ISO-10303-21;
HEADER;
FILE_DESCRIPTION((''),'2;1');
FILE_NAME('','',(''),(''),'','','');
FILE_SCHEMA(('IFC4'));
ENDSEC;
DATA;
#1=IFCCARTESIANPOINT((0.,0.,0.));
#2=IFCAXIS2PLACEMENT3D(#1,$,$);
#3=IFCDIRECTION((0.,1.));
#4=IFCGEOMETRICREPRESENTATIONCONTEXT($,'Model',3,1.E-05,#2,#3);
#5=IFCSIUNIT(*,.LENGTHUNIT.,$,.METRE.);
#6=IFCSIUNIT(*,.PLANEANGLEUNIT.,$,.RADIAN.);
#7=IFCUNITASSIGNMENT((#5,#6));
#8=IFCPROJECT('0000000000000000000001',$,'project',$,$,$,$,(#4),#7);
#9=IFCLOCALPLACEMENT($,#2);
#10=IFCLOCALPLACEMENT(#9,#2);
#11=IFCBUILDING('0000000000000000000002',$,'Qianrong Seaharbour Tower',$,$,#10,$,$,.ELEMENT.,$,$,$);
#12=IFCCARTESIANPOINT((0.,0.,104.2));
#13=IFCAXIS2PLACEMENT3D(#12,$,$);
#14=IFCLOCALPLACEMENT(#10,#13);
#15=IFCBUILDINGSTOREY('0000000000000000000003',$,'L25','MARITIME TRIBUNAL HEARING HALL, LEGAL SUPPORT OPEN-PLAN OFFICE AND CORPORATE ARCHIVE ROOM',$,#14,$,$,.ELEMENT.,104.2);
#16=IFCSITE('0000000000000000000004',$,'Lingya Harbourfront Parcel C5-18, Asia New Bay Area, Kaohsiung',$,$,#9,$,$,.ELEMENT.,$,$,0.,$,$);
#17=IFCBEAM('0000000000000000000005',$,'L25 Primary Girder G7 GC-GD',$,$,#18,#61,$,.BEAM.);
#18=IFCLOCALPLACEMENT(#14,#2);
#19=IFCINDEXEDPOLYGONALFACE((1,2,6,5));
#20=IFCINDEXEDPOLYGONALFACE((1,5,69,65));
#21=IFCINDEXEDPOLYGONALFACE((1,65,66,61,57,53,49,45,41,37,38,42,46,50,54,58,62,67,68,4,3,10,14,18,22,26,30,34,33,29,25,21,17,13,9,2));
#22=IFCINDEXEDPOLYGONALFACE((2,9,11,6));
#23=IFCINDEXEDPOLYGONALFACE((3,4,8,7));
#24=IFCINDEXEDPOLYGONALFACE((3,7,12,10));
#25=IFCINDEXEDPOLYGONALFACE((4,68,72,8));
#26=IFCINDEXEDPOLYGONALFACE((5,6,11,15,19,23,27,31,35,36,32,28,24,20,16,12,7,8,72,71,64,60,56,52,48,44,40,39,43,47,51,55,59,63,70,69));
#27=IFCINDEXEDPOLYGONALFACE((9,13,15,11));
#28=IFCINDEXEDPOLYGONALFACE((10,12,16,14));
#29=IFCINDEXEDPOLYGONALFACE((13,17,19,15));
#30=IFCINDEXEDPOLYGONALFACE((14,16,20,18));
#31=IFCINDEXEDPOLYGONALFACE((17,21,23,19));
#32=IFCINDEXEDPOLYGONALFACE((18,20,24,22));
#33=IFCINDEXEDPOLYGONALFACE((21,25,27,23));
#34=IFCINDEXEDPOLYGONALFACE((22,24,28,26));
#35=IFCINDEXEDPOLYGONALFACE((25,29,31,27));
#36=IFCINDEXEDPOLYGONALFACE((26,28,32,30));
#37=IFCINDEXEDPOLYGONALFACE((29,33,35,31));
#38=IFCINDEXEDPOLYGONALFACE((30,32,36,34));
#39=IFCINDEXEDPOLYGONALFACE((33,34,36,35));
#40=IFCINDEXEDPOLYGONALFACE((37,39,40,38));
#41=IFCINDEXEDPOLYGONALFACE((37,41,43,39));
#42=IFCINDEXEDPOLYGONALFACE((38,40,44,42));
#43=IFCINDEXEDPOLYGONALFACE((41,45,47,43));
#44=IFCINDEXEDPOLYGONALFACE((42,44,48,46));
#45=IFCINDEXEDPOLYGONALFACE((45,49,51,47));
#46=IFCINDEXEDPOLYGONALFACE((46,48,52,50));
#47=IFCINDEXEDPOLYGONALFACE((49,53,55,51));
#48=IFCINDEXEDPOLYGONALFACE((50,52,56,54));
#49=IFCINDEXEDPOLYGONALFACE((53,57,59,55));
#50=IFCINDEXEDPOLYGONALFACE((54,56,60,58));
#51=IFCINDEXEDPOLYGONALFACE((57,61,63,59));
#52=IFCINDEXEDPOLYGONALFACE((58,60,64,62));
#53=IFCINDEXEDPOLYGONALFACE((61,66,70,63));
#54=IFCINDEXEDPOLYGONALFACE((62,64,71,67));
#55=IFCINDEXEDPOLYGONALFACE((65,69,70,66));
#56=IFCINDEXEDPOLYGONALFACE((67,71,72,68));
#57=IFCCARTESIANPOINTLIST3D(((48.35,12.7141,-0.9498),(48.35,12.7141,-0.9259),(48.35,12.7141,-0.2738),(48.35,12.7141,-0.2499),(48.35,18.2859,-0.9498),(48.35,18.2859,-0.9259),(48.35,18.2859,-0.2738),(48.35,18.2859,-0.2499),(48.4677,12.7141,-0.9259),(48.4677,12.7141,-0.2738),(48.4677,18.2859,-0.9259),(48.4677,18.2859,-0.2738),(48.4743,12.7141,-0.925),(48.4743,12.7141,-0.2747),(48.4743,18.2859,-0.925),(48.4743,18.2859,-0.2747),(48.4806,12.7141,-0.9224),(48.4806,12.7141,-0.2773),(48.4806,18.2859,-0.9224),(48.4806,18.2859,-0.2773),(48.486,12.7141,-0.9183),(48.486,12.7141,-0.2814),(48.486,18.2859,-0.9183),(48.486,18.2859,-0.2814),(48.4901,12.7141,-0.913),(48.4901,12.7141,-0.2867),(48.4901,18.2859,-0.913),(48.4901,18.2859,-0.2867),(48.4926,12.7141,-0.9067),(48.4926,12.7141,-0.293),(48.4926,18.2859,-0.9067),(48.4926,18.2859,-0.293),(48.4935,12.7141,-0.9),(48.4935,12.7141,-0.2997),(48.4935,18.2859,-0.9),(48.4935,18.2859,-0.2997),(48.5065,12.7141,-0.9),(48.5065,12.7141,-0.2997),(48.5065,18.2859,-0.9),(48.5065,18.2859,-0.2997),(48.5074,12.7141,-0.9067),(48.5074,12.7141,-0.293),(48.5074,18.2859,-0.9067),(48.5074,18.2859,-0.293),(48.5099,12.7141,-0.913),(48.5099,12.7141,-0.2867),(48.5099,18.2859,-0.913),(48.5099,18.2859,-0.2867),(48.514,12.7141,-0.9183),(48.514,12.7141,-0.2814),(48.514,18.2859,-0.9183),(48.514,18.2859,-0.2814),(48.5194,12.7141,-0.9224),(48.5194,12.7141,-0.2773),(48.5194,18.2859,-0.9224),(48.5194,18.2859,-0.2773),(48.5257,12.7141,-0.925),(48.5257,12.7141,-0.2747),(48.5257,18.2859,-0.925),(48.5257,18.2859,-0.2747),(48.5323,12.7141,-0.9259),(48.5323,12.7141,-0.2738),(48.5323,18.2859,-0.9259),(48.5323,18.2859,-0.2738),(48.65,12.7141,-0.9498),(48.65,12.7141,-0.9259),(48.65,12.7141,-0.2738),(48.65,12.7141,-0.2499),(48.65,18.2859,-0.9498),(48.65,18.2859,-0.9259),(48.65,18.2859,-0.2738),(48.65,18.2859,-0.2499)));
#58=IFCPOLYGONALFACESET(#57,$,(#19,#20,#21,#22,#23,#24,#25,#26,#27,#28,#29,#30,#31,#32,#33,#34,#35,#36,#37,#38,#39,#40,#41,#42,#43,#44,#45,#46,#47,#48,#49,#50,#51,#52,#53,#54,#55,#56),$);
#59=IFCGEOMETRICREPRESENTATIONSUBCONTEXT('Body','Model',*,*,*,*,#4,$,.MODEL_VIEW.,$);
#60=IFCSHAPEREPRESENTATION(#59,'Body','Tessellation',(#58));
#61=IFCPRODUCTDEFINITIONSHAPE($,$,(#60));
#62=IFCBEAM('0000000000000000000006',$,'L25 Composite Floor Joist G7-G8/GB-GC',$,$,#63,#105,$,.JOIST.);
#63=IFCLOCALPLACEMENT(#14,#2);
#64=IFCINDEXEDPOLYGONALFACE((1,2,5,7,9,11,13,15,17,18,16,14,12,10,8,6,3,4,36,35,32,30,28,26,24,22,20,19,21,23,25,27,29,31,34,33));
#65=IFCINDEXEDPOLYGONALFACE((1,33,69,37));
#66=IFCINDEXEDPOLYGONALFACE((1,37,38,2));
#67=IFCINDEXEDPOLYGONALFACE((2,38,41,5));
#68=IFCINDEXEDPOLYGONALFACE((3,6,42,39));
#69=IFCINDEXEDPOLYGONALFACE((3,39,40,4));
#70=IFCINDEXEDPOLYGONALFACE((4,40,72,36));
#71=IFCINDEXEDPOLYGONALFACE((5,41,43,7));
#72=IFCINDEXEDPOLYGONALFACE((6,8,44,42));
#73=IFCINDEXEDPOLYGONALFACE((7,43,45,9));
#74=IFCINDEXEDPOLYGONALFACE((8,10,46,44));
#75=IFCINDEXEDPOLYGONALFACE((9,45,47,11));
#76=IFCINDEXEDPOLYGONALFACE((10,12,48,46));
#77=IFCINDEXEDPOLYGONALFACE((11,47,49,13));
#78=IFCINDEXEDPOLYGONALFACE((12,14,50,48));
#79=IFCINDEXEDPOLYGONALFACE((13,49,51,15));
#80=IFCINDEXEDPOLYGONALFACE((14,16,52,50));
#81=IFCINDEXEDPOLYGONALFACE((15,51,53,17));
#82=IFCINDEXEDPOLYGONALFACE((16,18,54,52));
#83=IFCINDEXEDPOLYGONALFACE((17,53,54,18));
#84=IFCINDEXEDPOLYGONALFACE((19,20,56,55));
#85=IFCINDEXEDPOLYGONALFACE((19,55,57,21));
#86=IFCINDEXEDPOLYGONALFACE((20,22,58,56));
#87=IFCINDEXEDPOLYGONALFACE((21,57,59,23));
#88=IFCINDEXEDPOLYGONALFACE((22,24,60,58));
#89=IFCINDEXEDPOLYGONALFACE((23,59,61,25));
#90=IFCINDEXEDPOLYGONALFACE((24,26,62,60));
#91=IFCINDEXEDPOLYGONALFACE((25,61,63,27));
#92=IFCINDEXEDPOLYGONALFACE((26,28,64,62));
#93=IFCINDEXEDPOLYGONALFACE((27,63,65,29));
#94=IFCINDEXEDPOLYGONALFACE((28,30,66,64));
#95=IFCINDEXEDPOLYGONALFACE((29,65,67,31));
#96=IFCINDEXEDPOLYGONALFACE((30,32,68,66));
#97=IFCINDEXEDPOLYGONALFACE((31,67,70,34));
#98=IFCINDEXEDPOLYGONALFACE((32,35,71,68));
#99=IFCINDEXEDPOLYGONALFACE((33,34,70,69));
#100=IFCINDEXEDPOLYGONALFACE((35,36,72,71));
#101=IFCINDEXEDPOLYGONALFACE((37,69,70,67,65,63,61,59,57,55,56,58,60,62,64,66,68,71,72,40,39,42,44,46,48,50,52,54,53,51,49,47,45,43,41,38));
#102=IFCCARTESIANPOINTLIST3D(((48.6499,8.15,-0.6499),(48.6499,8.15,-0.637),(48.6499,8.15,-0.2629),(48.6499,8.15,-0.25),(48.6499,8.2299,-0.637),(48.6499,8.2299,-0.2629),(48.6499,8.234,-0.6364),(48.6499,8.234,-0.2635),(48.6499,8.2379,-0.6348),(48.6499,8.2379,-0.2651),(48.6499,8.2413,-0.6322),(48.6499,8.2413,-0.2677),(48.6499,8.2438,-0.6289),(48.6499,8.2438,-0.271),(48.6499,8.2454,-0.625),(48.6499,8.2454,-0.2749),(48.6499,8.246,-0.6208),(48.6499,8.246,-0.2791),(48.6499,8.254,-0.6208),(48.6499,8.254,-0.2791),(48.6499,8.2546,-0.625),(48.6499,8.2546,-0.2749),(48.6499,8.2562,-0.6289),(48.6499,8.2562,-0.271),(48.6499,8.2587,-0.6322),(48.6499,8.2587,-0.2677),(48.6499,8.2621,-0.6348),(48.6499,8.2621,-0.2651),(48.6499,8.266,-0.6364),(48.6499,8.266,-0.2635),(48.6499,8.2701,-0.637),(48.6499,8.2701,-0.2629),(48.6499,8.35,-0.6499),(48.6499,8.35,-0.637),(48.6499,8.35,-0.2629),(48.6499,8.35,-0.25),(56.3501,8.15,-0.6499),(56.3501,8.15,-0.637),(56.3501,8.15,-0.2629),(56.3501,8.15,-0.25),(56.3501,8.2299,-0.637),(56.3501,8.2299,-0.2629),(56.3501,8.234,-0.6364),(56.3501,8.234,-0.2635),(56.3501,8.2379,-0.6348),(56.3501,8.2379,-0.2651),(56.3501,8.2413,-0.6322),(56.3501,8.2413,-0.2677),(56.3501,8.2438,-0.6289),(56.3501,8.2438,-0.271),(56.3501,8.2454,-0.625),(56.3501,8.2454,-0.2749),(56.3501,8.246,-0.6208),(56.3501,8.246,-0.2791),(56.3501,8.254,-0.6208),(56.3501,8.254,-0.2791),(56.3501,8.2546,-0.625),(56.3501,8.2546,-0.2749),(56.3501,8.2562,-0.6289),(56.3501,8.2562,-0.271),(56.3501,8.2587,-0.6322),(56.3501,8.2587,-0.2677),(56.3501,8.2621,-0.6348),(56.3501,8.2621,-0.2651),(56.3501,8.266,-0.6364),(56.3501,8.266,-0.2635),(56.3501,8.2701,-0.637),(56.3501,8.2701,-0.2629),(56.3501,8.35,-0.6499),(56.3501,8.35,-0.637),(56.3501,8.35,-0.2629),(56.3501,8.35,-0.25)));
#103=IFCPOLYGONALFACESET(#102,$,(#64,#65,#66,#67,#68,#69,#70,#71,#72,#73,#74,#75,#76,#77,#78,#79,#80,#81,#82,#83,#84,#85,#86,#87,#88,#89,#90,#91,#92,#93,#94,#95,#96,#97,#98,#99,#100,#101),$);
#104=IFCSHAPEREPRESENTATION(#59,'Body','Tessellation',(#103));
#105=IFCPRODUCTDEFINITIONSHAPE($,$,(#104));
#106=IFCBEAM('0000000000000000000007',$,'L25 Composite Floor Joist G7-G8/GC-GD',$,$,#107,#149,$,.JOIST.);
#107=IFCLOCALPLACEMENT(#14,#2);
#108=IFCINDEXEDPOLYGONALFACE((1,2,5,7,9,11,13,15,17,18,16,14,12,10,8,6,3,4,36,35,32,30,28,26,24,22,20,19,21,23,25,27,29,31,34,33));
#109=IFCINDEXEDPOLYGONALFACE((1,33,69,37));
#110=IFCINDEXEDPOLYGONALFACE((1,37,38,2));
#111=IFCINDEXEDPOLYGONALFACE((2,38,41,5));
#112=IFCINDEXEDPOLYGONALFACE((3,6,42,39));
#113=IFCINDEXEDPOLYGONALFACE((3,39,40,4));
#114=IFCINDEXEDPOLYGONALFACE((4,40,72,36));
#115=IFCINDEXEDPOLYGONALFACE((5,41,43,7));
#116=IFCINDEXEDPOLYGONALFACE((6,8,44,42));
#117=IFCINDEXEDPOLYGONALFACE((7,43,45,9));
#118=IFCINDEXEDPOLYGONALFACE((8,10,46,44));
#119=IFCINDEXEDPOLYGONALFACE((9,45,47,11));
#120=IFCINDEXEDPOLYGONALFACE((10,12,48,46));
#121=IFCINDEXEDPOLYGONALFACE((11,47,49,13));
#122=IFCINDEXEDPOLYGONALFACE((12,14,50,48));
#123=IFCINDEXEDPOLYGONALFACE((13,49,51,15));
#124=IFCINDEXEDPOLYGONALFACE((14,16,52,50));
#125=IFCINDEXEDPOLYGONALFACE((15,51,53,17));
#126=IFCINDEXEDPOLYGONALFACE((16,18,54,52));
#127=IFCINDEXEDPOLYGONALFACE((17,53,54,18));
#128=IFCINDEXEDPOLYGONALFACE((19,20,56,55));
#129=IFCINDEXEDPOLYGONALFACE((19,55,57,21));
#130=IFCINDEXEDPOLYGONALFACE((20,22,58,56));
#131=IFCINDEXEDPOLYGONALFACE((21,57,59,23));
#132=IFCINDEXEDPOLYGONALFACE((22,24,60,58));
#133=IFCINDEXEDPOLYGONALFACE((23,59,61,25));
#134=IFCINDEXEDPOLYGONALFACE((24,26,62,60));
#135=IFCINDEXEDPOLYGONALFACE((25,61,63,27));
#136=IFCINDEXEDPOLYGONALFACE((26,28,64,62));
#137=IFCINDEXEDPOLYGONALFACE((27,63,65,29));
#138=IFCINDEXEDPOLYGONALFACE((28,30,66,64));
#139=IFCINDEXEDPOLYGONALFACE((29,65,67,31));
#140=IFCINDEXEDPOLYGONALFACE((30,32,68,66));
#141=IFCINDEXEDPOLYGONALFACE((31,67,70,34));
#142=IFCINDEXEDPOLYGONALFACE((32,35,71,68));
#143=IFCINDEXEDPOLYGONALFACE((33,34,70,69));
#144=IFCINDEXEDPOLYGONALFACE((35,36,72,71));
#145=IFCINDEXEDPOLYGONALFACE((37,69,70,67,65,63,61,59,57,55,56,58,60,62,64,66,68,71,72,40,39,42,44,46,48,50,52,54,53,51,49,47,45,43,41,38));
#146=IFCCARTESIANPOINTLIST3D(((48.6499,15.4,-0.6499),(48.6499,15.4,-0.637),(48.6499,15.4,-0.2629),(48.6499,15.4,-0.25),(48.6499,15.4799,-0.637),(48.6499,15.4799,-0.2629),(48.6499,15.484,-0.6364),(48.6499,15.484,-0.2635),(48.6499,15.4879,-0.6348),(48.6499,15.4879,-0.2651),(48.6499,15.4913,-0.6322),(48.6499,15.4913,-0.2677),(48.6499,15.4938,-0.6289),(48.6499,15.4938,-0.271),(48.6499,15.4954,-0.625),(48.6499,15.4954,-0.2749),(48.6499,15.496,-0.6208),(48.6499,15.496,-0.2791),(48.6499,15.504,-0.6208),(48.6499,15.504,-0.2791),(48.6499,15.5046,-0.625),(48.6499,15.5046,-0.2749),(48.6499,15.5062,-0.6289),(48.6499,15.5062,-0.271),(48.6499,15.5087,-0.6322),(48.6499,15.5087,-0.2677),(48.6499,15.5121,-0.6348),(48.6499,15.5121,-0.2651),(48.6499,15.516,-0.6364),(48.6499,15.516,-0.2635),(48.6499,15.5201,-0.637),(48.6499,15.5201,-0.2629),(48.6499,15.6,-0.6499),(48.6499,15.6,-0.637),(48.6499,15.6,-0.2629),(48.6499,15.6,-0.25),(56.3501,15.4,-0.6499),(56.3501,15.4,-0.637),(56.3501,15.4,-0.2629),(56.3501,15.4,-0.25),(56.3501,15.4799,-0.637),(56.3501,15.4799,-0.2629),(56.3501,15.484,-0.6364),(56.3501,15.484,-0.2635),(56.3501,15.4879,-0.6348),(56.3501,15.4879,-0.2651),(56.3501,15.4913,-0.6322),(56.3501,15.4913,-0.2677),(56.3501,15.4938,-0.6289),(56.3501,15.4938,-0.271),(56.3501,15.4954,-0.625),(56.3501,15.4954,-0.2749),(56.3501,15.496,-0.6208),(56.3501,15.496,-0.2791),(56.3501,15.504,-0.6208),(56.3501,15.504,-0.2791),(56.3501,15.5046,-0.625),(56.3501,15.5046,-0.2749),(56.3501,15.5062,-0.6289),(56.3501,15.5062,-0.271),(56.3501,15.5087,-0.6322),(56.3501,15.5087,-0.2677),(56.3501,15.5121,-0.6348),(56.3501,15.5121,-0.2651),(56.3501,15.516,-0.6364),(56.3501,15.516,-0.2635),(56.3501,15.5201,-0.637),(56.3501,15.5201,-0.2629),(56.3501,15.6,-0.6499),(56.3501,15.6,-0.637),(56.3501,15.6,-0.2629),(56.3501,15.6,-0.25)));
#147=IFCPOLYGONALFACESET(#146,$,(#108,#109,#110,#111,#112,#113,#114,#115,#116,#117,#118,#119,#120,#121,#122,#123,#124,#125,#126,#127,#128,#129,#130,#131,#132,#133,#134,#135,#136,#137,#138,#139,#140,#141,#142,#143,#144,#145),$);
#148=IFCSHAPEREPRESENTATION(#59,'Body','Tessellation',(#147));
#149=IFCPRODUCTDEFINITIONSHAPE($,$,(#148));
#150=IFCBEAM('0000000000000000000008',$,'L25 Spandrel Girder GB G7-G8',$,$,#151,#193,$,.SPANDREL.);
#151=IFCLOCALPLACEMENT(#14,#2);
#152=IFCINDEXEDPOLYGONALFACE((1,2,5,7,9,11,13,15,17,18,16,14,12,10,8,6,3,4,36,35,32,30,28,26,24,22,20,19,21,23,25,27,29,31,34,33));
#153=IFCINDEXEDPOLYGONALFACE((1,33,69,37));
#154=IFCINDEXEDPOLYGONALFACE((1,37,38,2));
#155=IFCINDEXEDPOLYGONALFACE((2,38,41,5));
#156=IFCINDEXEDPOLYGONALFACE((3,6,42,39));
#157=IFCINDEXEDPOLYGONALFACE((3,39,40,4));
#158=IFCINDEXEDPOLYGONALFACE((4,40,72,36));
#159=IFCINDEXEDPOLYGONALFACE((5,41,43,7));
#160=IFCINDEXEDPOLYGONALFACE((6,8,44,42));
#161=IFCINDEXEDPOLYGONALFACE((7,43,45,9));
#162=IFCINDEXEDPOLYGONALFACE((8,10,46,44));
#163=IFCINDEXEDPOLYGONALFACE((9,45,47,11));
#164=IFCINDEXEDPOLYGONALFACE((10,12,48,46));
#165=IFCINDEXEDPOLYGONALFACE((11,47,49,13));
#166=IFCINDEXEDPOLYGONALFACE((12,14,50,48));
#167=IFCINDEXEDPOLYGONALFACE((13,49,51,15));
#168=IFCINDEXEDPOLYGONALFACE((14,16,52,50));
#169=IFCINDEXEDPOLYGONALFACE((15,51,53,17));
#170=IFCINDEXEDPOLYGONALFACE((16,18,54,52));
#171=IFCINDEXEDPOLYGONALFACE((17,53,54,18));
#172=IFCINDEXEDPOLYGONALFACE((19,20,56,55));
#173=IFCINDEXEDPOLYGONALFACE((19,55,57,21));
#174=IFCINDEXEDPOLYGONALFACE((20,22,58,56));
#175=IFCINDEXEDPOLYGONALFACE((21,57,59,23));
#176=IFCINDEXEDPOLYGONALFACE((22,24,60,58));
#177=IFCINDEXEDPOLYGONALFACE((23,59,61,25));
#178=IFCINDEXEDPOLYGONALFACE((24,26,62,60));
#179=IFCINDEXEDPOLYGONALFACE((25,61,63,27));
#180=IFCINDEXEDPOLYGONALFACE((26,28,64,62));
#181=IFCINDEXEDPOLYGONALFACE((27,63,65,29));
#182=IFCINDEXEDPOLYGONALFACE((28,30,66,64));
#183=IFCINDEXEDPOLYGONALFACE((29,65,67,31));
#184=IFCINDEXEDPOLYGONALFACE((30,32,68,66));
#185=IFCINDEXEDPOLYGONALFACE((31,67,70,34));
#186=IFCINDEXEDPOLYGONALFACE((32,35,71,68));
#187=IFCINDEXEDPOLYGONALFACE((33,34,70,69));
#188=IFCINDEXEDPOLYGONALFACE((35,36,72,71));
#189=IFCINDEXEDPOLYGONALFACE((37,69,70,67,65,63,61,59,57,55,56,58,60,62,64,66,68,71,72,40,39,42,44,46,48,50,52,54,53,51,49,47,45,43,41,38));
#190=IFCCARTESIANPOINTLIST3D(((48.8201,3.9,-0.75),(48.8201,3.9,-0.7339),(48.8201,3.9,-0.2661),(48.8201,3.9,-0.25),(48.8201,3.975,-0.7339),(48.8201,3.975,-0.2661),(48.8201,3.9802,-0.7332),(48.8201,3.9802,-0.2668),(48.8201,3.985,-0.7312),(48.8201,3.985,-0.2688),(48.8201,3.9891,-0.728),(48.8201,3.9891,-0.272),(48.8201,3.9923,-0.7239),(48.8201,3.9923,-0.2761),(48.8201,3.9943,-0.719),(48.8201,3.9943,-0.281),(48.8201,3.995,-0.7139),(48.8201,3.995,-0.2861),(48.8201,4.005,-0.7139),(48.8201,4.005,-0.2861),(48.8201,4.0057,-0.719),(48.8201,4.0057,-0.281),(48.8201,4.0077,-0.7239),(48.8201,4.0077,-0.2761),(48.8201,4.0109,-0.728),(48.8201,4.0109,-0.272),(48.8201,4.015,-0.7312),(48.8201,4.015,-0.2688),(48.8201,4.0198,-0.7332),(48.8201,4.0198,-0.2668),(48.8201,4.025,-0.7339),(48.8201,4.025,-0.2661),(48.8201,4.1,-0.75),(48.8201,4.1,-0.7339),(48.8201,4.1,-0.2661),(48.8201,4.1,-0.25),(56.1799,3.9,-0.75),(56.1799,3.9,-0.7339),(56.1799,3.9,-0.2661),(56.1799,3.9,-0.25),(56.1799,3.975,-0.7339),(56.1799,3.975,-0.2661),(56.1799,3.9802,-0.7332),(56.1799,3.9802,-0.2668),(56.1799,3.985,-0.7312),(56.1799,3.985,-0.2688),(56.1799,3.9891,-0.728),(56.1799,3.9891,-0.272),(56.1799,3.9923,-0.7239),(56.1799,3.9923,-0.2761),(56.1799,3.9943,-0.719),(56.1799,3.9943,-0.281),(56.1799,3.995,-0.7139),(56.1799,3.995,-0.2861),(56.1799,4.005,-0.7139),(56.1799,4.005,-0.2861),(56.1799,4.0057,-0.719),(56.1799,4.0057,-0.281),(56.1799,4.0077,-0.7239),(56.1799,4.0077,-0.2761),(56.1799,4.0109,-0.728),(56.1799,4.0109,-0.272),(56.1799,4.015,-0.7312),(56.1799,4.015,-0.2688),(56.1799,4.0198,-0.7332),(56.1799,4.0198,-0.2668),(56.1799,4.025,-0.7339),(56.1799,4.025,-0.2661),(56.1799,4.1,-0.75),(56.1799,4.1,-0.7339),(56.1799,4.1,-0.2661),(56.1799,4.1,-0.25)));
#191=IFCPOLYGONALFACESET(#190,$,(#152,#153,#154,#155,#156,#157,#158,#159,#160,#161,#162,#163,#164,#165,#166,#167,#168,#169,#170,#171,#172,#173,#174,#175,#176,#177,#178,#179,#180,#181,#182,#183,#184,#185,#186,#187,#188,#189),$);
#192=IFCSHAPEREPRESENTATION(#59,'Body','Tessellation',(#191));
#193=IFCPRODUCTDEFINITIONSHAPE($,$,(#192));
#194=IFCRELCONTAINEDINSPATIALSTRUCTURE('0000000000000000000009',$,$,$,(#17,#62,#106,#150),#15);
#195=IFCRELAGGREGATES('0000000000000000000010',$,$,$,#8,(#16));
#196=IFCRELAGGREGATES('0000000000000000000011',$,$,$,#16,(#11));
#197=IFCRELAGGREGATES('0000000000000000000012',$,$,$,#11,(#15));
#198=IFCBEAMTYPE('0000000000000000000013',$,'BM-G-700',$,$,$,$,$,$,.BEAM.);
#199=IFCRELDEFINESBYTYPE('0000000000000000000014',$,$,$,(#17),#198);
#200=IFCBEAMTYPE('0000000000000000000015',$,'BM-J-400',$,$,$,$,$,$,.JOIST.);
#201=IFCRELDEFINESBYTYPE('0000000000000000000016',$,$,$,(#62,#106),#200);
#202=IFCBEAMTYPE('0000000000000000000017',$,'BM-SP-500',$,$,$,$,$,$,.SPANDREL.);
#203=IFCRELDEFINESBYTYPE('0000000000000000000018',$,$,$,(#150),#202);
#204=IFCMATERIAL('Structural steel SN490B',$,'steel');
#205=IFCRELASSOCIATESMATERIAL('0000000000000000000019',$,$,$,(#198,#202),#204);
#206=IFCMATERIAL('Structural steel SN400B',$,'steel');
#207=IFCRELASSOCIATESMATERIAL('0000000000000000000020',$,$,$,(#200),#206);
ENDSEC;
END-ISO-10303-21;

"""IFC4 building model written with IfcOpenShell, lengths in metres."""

from ifc_helpers import new_model, si_unit, direction, frame, origin, origin_2d, place, context, subcontext, project, spatial, i_section, extrude, material, material_profile, profile_set, type_object, element, save


model = new_model("IFC4")

# Units and contexts
model_context = context("Model", 3, precision=1e-05, world=origin(), true_north=direction((0.0, 1.0)))
body_context = subcontext(model_context, "Body", "Model", "MODEL_VIEW")
ifc_project = project(units=[si_unit("LENGTHUNIT", "METRE"), si_unit("PLANEANGLEUNIT", "RADIAN")], contexts=[model_context])

# Site, building, storey
site_placement = place(None, origin())
site = spatial("IfcSite", under=ifc_project, at=site_placement, Name="Lingya Harbourfront Parcel C5-18, Asia New Bay Area, Kaohsiung", CompositionType="ELEMENT", RefElevation=0.0)
building_placement = place(site_placement, origin())
building = spatial("IfcBuilding", under=site, at=building_placement, Name="Qianrong Seaharbour Tower", CompositionType="ELEMENT")
storey_placement = place(building_placement, frame((0.0, 0.0, 104.2)))
storey = spatial("IfcBuildingStorey", under=building, at=storey_placement, Name="L25", Description="MARITIME TRIBUNAL HEARING HALL, LEGAL SUPPORT OPEN-PLAN OFFICE AND CORPORATE ARCHIVE ROOM", CompositionType="ELEMENT", Elevation=104.2)

# Shared definitions
ifc_material_1 = material(Name="Structural steel SN490B", Category="steel")

# Beams
ifc_material_profile_1 = material_profile(ifc_material_1, i_section(OverallWidth=0.3, OverallDepth=0.7, WebThickness=0.0129, FlangeThickness=0.0239, FilletRadius=0.0259, at=origin_2d()), Name="H700x300x13x24")
ifc_profile_set_1 = profile_set([ifc_material_profile_1], Name="Structural steel SN490B")
beam_type_1 = type_object("IfcBeamType", Name="BM-G-700", PredefinedType="BEAM", material=ifc_profile_set_1)
beam_1_placement = place(storey_placement, frame((48.5, 12.7141, -0.5999), z_axis=(0.0, 1.0, 0.0), x_axis=(-1.0, 0.0, 0.0)))
element("IfcBeam", 1, at=beam_1_placement, inside=storey, type_object=beam_type_1, Name="L25 Primary Girder G7 GC-GD", PredefinedType="BEAM", context=body_context, shape_type="SweptSolid", body=[
    extrude(i_section(OverallWidth=0.3, OverallDepth=0.7, WebThickness=0.0129, FlangeThickness=0.0239, FilletRadius=0.0259, at=origin_2d()), origin(), (0.0, 0.0, 1.0), 5.5718),
])
ifc_material_2 = material(Name="Structural steel SN400B", Category="steel")
ifc_material_profile_2 = material_profile(ifc_material_2, i_section(OverallWidth=0.2, OverallDepth=0.3999, WebThickness=0.0081, FlangeThickness=0.0129, FilletRadius=0.0161, at=origin_2d()), Name="H400x200x8x13")
ifc_profile_set_2 = profile_set([ifc_material_profile_2], Name="Structural steel SN400B")
beam_type_2 = type_object("IfcBeamType", Name="BM-J-400", PredefinedType="JOIST", material=ifc_profile_set_2)
for number, where, z_axis, x_axis, name in (
    (2, (48.6499, 8.25, -0.45), (1.0, 0.0, 0.0), (0.0, 1.0, 0.0), "L25 Composite Floor Joist G7-G8/GB-GC"),
    (3, (48.6499, 15.5, -0.45), (1.0, 0.0, 0.0), (0.0, 1.0, 0.0), "L25 Composite Floor Joist G7-G8/GC-GD"),
):
    element("IfcBeam", number, at=place(storey_placement, frame(where, z_axis=z_axis, x_axis=x_axis)), inside=storey, type_object=beam_type_2, Name=name, PredefinedType="JOIST", context=body_context, shape_type="SweptSolid", body=[
        extrude(i_section(OverallWidth=0.2, OverallDepth=0.3999, WebThickness=0.0081, FlangeThickness=0.0129, FilletRadius=0.0161, at=origin_2d()), origin(), (0.0, 0.0, 1.0), 7.7002),
    ])
ifc_material_profile_3 = material_profile(ifc_material_1, i_section(OverallWidth=0.2, OverallDepth=0.5, WebThickness=0.01, FlangeThickness=0.0161, FilletRadius=0.02, at=origin_2d()), Name="H500x200x10x16")
ifc_profile_set_3 = profile_set([ifc_material_profile_3], Name="Structural steel SN490B")
beam_type_3 = type_object("IfcBeamType", Name="BM-SP-500", PredefinedType="SPANDREL", material=ifc_profile_set_3)
beam_2_placement = place(storey_placement, frame((48.8201, 4.0, -0.5), z_axis=(1.0, 0.0, 0.0), x_axis=(0.0, 1.0, 0.0)))
element("IfcBeam", 4, at=beam_2_placement, inside=storey, type_object=beam_type_3, Name="L25 Spandrel Girder GB G7-G8", PredefinedType="SPANDREL", context=body_context, shape_type="SweptSolid", body=[
    extrude(i_section(OverallWidth=0.2, OverallDepth=0.5, WebThickness=0.01, FlangeThickness=0.0161, FilletRadius=0.02, at=origin_2d()), origin(), (0.0, 0.0, 1.0), 7.3599),
])

save(model, "model.ifc")
